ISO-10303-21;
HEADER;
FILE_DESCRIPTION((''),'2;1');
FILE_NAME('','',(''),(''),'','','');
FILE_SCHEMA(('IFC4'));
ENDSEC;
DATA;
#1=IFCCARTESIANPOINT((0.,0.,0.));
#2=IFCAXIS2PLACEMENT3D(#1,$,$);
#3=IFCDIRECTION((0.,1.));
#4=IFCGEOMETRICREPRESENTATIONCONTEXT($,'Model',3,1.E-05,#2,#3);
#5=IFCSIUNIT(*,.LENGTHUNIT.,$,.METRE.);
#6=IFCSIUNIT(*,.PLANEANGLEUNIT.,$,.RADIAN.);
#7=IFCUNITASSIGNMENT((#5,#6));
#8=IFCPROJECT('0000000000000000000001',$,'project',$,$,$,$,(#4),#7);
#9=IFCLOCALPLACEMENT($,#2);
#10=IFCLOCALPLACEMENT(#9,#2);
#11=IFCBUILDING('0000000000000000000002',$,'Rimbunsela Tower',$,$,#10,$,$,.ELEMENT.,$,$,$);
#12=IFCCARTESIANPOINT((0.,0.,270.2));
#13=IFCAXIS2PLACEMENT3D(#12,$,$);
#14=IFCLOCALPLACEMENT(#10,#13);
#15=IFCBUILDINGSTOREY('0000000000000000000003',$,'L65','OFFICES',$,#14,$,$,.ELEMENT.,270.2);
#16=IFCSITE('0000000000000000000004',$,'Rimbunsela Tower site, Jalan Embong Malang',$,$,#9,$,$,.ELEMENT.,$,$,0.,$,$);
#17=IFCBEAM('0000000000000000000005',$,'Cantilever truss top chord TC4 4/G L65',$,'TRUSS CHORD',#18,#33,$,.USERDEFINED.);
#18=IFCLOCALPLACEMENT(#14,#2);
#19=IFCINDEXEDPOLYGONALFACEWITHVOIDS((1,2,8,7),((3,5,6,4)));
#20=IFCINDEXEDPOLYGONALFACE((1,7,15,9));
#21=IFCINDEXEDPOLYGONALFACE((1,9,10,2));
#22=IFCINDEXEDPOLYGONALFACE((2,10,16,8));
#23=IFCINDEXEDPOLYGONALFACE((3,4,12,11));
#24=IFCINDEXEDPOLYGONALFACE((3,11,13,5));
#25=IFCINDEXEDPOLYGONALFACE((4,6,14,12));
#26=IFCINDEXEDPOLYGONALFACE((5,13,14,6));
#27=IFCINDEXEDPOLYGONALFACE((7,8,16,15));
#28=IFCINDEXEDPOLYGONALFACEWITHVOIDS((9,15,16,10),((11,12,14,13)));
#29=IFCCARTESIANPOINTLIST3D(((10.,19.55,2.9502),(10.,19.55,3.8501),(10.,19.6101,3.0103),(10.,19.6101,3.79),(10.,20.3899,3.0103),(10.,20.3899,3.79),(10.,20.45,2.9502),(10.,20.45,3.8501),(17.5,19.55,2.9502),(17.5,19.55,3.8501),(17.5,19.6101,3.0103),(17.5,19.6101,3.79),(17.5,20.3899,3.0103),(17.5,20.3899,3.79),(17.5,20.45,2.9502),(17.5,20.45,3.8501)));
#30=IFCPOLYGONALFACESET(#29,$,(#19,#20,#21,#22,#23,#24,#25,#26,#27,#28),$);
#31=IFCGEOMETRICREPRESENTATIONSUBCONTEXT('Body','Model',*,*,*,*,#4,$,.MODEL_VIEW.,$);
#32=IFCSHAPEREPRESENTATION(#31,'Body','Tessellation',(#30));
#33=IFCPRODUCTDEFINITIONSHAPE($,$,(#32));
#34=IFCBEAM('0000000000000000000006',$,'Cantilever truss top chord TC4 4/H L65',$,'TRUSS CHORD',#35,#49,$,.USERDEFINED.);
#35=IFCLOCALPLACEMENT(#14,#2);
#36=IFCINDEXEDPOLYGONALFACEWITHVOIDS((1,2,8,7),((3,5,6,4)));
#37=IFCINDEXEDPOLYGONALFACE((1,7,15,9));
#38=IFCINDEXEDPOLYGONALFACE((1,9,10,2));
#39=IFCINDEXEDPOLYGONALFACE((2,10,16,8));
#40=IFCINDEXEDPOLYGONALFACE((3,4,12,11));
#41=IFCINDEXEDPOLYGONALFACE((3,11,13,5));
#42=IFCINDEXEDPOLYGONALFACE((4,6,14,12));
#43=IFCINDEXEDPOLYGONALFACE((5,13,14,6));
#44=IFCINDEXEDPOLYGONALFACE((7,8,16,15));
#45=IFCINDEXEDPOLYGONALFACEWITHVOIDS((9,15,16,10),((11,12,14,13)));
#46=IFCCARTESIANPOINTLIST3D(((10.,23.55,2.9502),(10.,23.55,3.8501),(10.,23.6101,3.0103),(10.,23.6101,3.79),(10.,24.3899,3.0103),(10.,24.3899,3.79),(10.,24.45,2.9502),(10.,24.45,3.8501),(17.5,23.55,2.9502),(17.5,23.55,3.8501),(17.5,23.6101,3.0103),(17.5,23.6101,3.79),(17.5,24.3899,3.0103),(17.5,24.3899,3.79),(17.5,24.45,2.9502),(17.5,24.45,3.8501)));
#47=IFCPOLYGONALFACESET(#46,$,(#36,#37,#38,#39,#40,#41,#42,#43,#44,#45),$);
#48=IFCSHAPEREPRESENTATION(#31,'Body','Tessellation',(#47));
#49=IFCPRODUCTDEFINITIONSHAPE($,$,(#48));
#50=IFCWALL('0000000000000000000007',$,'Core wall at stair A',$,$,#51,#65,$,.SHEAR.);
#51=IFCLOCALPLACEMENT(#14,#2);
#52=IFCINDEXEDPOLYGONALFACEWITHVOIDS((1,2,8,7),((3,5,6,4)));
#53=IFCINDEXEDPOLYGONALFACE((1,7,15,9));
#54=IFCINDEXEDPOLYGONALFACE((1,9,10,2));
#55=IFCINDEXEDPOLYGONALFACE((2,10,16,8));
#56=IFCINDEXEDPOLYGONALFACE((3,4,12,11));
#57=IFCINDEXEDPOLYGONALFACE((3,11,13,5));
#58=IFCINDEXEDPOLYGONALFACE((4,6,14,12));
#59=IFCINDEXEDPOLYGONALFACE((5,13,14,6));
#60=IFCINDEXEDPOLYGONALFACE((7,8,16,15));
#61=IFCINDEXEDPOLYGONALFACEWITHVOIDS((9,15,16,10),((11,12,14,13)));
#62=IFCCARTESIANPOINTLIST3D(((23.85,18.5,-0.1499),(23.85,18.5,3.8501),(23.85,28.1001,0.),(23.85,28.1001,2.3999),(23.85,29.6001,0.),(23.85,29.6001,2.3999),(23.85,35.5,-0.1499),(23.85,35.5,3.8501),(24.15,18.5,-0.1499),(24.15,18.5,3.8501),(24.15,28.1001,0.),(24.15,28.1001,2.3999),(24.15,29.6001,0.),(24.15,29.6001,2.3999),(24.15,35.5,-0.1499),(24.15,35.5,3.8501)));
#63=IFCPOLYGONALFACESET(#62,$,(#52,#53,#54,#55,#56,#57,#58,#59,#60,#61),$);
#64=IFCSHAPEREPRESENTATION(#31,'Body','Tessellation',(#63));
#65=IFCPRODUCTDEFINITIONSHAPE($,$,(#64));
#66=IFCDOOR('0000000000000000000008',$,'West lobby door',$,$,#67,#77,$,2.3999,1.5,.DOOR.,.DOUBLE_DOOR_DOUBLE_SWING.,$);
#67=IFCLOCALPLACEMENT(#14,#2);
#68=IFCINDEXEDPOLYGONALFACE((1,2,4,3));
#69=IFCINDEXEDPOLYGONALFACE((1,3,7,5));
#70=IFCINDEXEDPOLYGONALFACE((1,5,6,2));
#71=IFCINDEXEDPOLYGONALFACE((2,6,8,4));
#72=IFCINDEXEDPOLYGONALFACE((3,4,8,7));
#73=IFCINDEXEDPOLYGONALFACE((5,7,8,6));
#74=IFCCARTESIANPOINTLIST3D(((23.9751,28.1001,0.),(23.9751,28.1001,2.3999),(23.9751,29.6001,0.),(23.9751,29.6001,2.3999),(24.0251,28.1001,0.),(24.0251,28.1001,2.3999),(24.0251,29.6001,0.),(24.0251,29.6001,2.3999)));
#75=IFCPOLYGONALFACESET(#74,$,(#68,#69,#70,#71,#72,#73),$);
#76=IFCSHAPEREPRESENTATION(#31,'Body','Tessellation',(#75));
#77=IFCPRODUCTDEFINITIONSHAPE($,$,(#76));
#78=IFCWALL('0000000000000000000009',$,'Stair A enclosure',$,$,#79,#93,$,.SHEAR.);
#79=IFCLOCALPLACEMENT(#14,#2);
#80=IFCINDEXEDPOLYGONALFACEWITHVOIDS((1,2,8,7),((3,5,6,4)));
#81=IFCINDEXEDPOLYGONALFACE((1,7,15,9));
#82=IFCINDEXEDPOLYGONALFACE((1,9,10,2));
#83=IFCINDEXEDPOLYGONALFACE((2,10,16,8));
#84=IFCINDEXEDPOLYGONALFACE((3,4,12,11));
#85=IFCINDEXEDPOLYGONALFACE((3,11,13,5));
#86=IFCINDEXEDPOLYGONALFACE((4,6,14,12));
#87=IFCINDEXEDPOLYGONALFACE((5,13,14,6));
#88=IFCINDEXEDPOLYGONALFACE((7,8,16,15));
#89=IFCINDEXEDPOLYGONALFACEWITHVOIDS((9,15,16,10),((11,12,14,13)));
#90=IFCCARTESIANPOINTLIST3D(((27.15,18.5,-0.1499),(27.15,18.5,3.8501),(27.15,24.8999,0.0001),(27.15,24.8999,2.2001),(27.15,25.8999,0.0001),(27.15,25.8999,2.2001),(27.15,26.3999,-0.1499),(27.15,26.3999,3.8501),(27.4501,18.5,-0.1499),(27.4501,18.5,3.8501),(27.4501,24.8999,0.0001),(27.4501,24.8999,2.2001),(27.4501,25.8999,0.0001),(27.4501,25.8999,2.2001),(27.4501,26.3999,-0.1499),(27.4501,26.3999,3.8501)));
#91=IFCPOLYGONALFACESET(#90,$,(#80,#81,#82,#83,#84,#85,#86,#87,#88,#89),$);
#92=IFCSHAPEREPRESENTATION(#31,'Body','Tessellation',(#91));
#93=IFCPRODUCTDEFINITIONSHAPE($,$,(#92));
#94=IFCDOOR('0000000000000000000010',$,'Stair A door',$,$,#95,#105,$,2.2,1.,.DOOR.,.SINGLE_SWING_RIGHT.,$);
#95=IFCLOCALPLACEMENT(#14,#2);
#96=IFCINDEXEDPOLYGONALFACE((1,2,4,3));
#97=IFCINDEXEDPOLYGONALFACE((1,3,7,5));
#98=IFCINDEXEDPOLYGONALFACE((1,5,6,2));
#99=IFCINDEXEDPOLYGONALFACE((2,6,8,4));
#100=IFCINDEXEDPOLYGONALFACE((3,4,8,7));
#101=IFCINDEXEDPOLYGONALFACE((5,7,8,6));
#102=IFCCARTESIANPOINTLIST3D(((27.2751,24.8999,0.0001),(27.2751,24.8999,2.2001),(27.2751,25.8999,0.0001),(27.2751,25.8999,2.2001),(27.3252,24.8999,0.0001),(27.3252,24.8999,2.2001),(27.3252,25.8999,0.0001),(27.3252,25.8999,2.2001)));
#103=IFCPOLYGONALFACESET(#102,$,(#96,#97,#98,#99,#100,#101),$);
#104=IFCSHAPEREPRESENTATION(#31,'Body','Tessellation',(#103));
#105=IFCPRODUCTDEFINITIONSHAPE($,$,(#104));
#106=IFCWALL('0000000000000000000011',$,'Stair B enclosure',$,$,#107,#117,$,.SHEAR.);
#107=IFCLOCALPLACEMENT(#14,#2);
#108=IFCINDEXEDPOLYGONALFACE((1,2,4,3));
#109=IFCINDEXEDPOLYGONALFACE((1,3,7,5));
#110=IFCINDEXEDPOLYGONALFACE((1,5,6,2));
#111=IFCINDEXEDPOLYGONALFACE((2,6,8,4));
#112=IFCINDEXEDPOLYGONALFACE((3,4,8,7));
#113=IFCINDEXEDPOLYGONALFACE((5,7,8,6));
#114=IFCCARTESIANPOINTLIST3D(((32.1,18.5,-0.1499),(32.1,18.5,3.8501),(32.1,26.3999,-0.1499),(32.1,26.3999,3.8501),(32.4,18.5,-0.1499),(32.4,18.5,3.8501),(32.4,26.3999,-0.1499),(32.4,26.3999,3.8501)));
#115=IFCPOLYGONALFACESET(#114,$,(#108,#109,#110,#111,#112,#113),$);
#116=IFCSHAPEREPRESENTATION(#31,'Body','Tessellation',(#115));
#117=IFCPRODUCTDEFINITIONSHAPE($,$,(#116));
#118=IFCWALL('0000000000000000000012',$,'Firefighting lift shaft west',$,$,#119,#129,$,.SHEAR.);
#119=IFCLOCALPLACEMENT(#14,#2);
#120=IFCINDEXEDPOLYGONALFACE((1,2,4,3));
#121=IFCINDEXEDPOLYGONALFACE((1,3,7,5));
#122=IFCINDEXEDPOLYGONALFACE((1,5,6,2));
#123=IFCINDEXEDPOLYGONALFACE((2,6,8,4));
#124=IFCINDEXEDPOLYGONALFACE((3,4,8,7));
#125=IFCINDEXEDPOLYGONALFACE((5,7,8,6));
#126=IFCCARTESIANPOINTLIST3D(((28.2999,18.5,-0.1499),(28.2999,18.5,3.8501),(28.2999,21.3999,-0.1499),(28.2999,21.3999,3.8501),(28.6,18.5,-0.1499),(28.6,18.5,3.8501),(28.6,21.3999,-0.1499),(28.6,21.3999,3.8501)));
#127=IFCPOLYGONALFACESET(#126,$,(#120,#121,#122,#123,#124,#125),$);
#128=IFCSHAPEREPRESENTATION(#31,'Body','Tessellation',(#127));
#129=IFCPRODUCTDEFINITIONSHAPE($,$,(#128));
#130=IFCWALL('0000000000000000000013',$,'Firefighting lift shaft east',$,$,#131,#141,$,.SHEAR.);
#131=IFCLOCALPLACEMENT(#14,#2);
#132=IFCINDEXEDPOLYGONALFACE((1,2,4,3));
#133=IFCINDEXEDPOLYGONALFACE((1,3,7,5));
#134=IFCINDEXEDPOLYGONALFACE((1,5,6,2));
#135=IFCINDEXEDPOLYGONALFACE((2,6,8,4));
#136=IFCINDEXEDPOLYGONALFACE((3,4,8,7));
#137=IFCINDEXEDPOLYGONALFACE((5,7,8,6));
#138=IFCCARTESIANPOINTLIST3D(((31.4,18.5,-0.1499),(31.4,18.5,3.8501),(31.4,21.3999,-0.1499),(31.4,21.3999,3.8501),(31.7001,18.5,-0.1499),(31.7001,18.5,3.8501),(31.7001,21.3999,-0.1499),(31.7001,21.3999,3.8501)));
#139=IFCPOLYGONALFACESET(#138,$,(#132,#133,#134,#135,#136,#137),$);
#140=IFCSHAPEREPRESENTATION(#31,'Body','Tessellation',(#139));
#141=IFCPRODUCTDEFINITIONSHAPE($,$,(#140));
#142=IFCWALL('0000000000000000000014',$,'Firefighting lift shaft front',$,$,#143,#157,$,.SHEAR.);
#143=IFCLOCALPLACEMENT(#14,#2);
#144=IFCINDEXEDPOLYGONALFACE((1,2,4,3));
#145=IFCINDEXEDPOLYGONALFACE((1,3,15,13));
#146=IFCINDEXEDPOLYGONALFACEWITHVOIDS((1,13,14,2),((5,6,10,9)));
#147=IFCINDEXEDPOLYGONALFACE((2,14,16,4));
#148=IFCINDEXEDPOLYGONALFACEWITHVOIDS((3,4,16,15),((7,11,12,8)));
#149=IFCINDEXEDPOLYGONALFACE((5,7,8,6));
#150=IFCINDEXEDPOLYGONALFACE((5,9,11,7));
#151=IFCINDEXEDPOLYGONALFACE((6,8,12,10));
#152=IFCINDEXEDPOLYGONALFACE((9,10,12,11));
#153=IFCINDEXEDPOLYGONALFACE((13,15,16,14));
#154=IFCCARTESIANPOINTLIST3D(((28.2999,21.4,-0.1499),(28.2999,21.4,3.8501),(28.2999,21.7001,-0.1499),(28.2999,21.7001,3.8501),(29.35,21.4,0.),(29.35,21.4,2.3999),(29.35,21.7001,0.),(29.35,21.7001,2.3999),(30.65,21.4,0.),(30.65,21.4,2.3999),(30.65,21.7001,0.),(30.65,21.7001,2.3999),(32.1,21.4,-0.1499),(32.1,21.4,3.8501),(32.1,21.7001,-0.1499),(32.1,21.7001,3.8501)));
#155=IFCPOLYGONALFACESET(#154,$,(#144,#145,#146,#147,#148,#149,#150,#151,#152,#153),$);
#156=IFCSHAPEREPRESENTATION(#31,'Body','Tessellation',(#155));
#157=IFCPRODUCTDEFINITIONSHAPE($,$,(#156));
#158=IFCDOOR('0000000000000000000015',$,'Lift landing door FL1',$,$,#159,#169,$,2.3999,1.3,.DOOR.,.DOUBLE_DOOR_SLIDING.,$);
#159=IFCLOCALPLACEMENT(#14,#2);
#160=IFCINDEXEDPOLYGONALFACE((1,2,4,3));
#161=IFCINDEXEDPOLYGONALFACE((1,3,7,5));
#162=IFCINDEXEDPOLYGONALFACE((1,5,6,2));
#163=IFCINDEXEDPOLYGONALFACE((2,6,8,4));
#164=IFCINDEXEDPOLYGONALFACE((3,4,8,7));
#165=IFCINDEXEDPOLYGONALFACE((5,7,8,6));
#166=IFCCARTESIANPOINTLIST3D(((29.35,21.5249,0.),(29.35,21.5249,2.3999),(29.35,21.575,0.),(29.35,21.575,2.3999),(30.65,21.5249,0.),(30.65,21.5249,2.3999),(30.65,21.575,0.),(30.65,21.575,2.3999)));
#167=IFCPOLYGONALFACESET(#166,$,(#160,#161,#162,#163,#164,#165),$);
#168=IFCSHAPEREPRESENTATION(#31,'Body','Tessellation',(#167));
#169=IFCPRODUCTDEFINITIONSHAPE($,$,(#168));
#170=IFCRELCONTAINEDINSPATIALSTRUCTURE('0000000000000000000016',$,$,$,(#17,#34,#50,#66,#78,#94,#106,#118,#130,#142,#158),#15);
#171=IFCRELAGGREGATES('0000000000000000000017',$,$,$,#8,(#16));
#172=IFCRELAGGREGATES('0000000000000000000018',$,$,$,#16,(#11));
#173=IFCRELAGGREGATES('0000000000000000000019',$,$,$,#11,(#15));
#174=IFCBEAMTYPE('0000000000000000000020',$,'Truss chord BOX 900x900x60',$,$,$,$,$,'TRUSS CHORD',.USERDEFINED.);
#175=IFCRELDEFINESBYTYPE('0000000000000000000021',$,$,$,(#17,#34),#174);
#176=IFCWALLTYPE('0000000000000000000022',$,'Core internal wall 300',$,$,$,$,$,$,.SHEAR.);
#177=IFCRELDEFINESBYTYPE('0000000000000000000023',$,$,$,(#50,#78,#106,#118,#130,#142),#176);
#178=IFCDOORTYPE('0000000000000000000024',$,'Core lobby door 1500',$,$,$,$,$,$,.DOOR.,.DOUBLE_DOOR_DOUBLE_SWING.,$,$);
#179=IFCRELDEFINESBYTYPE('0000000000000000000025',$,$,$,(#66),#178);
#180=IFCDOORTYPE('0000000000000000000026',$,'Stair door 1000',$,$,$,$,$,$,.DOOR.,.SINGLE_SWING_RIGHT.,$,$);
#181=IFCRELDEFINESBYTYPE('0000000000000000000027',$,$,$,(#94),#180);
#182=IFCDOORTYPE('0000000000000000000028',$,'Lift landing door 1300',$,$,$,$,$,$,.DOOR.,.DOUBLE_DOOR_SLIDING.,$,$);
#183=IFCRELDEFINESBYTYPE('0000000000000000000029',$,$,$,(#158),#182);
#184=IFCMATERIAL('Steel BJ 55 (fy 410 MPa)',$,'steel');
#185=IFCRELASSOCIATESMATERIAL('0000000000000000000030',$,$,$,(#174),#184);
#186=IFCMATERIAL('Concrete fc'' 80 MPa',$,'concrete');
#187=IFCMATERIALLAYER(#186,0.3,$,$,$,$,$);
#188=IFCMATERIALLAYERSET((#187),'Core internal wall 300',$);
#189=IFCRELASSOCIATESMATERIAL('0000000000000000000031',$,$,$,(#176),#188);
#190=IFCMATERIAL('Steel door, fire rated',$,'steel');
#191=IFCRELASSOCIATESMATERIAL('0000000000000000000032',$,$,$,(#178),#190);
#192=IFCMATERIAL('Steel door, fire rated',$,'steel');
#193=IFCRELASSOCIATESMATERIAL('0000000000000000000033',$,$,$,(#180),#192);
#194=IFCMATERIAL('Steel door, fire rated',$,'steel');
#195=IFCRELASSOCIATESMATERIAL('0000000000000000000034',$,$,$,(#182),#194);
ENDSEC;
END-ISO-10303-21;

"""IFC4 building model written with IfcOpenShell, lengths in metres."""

from ifc_helpers import new_model, si_unit, direction, frame, frame_2d, origin, origin_2d, place, context, subcontext, project, spatial, rectangle, hollow_rectangle, extrude, material, layer, layer_set, material_profile, profile_set, type_object, element, fill, save


model = new_model("IFC4")

# Units and contexts
model_context = context("Model", 3, precision=1e-05, world=origin(), true_north=direction((0.0, 1.0)))
body_context = subcontext(model_context, "Body", "Model", "MODEL_VIEW")
ifc_project = project(units=[si_unit("LENGTHUNIT", "METRE"), si_unit("PLANEANGLEUNIT", "RADIAN")], contexts=[model_context])

# Site, building, storey
site_placement = place(None, origin())
site = spatial("IfcSite", under=ifc_project, at=site_placement, Name="Rimbunsela Tower site, Jalan Embong Malang", CompositionType="ELEMENT", RefElevation=0.0)
building_placement = place(site_placement, origin())
building = spatial("IfcBuilding", under=site, at=building_placement, Name="Rimbunsela Tower", CompositionType="ELEMENT")
storey_placement = place(building_placement, frame((0.0, 0.0, 270.2)))
storey = spatial("IfcBuildingStorey", under=building, at=storey_placement, Name="L65", Description="OFFICES", CompositionType="ELEMENT", Elevation=270.2)

# Beams
ifc_material_1 = material(Name="Steel BJ 55 (fy 410 MPa)", Category="steel")
ifc_material_profile = material_profile(ifc_material_1, hollow_rectangle(XDim=0.8999, YDim=0.8999, WallThickness=0.0601, at=origin_2d()), Name="BOX 900x900x60")
ifc_profile_set = profile_set([ifc_material_profile], Name="Steel BJ 55 (fy 410 MPa)")
beam_type = type_object("IfcBeamType", Name="Truss chord BOX 900x900x60", ElementType="TRUSS CHORD", PredefinedType="USERDEFINED", material=ifc_profile_set)
for number, where, z_axis, x_axis, name in (
    (1, (17.5, 20.0, 3.4001), (-1.0, 0.0, 0.0), (0.0, -1.0, 0.0), "Cantilever truss top chord TC4 4/G L65"),
    (2, (17.5, 24.0, 3.4001), (-1.0, 0.0, 0.0), (0.0, -1.0, 0.0), "Cantilever truss top chord TC4 4/H L65"),
):
    element("IfcBeam", number, at=place(storey_placement, frame(where, z_axis=z_axis, x_axis=x_axis)), inside=storey, type_object=beam_type, Name=name, ObjectType="TRUSS CHORD", PredefinedType="USERDEFINED", context=body_context, shape_type="SweptSolid", body=[
        extrude(hollow_rectangle(XDim=0.8999, YDim=0.8999, WallThickness=0.0601, at=origin_2d()), origin(), (0.0, 0.0, 1.0), 7.5),
    ])

# Walls, openings, doors
ifc_material_2 = material(Name="Concrete fc' 80 MPa", Category="concrete")
ifc_layer_1 = layer(ifc_material_2, 0.3)
ifc_layer_set_1 = layer_set([ifc_layer_1], Name="Core internal wall 300")
wall_type_1 = type_object("IfcWallType", Name="Core internal wall 300", PredefinedType="SHEAR", material=ifc_layer_set_1)
wall_1_placement = place(storey_placement, frame((24.0, 18.5, -0.1499), z_axis=(0.0, 0.0, 1.0), x_axis=(0.0, 1.0, 0.0)))
wall_1 = element("IfcWall", 3, at=wall_1_placement, inside=storey, type_object=wall_type_1, Name="Core wall at stair A", PredefinedType="SHEAR", context=body_context, shape_type="SweptSolid", body=[
    extrude(rectangle(XDim=17.0, YDim=0.3, at=frame_2d((8.5, 0.0))), origin(), (0.0, 0.0, 1.0), 4.0),
])
opening_1_placement = place(wall_1_placement, frame((9.6001, 0.0, 0.1499)))
opening_1 = element("IfcOpeningElement", 4, at=opening_1_placement, cuts=wall_1, PredefinedType="OPENING", context=body_context, shape_type="SweptSolid", body=[
    extrude(rectangle(XDim=1.5, YDim=2.3999, at=frame_2d((0.75, 1.2))), frame((0.0, 0.1599, 0.0), z_axis=(0.0, -1.0, 0.0), x_axis=(1.0, 0.0, 0.0)), (0.0, 0.0, 1.0), 0.3201),
])
ifc_material_3 = material(Name="Steel door, fire rated", Category="steel")
door_type_1 = type_object("IfcDoorType", Name="Core lobby door 1500", OperationType="DOUBLE_DOOR_DOUBLE_SWING", PredefinedType="DOOR", material=ifc_material_3)
door_1_placement = place(opening_1_placement, origin())
door_1 = element("IfcDoor", 5, at=door_1_placement, inside=storey, type_object=door_type_1, Name="West lobby door", OperationType="DOUBLE_DOOR_DOUBLE_SWING", OverallHeight=2.3999, OverallWidth=1.5, PredefinedType="DOOR", context=body_context, shape_type="SweptSolid", body=[
    extrude(rectangle(XDim=1.5, YDim=2.3999, at=frame_2d((0.75, 1.2))), frame((0.0, 0.0249, 0.0), z_axis=(0.0, -1.0, 0.0), x_axis=(1.0, 0.0, 0.0)), (0.0, 0.0, 1.0), 0.05),
])
fill(opening_1, door_1)
wall_2_placement = place(storey_placement, frame((27.3, 18.5, -0.1499), z_axis=(0.0, 0.0, 1.0), x_axis=(0.0, 1.0, 0.0)))
wall_2 = element("IfcWall", 6, at=wall_2_placement, inside=storey, type_object=wall_type_1, Name="Stair A enclosure", PredefinedType="SHEAR", context=body_context, shape_type="SweptSolid", body=[
    extrude(rectangle(XDim=7.8999, YDim=0.3, at=frame_2d((3.95, 0.0))), origin(), (0.0, 0.0, 1.0), 4.0),
])
opening_2_placement = place(wall_2_placement, frame((6.3999, 0.0, 0.1499)))
opening_2 = element("IfcOpeningElement", 7, at=opening_2_placement, cuts=wall_2, PredefinedType="OPENING", context=body_context, shape_type="SweptSolid", body=[
    extrude(rectangle(XDim=1.0, YDim=2.2, at=frame_2d((0.5, 1.1001))), frame((0.0, 0.1599, 0.0), z_axis=(0.0, -1.0, 0.0), x_axis=(1.0, 0.0, 0.0)), (0.0, 0.0, 1.0), 0.3201),
])
ifc_material_4 = material(Name="Steel door, fire rated", Category="steel")
door_type_2 = type_object("IfcDoorType", Name="Stair door 1000", OperationType="SINGLE_SWING_RIGHT", PredefinedType="DOOR", material=ifc_material_4)
door_2_placement = place(opening_2_placement, origin())
door_2 = element("IfcDoor", 8, at=door_2_placement, inside=storey, type_object=door_type_2, Name="Stair A door", OperationType="SINGLE_SWING_RIGHT", OverallHeight=2.2, OverallWidth=1.0, PredefinedType="DOOR", context=body_context, shape_type="SweptSolid", body=[
    extrude(rectangle(XDim=1.0, YDim=2.2, at=frame_2d((0.5, 1.1001))), frame((0.0, 0.0249, 0.0), z_axis=(0.0, -1.0, 0.0), x_axis=(1.0, 0.0, 0.0)), (0.0, 0.0, 1.0), 0.05),
])
fill(opening_2, door_2)

# Walls
wall_3_placement = place(storey_placement, frame((32.25, 18.5, -0.1499), z_axis=(0.0, 0.0, 1.0), x_axis=(0.0, 1.0, 0.0)))
element("IfcWall", 9, at=wall_3_placement, inside=storey, type_object=wall_type_1, Name="Stair B enclosure", PredefinedType="SHEAR", context=body_context, shape_type="SweptSolid", body=[
    extrude(rectangle(XDim=7.8999, YDim=0.3, at=frame_2d((3.95, 0.0))), origin(), (0.0, 0.0, 1.0), 4.0),
])
for number, where, z_axis, x_axis, name in (
    (10, (28.45, 18.5, -0.1499), (0.0, 0.0, 1.0), (0.0, 1.0, 0.0), "Firefighting lift shaft west"),
    (11, (31.55, 18.5, -0.1499), (0.0, 0.0, 1.0), (0.0, 1.0, 0.0), "Firefighting lift shaft east"),
):
    element("IfcWall", number, at=place(storey_placement, frame(where, z_axis=z_axis, x_axis=x_axis)), inside=storey, type_object=wall_type_1, Name=name, PredefinedType="SHEAR", context=body_context, shape_type="SweptSolid", body=[
        extrude(rectangle(XDim=2.8999, YDim=0.3, at=frame_2d((1.45, 0.0))), origin(), (0.0, 0.0, 1.0), 4.0),
    ])

# Wall, opening, door
wall_4_placement = place(storey_placement, frame((28.3, 21.55, -0.1499), z_axis=(0.0, 0.0, 1.0), x_axis=(1.0, 0.0, 0.0)))
wall_4 = element("IfcWall", 12, at=wall_4_placement, inside=storey, type_object=wall_type_1, Name="Firefighting lift shaft front", PredefinedType="SHEAR", context=body_context, shape_type="SweptSolid", body=[
    extrude(rectangle(XDim=3.8, YDim=0.3, at=frame_2d((1.8999, 0.0))), origin(), (0.0, 0.0, 1.0), 4.0),
])
opening_3_placement = place(wall_4_placement, frame((1.05, 0.0, 0.1499)))
opening_3 = element("IfcOpeningElement", 13, at=opening_3_placement, cuts=wall_4, PredefinedType="OPENING", context=body_context, shape_type="SweptSolid", body=[
    extrude(rectangle(XDim=1.3, YDim=2.3999, at=frame_2d((0.6499, 1.2))), frame((0.0, 0.1599, 0.0), z_axis=(0.0, -1.0, 0.0), x_axis=(1.0, 0.0, 0.0)), (0.0, 0.0, 1.0), 0.3201),
])
ifc_material_5 = material(Name="Steel door, fire rated", Category="steel")
door_type_3 = type_object("IfcDoorType", Name="Lift landing door 1300", OperationType="DOUBLE_DOOR_SLIDING", PredefinedType="DOOR", material=ifc_material_5)
door_3_placement = place(opening_3_placement, origin())
door_3 = element("IfcDoor", 14, at=door_3_placement, inside=storey, type_object=door_type_3, Name="Lift landing door FL1", OperationType="DOUBLE_DOOR_SLIDING", OverallHeight=2.3999, OverallWidth=1.3, PredefinedType="DOOR", context=body_context, shape_type="SweptSolid", body=[
    extrude(rectangle(XDim=1.3, YDim=2.3999, at=frame_2d((0.6499, 1.2))), frame((0.0, 0.0249, 0.0), z_axis=(0.0, -1.0, 0.0), x_axis=(1.0, 0.0, 0.0)), (0.0, 0.0, 1.0), 0.05),
])
fill(opening_3, door_3)

save(model, "model.ifc")
